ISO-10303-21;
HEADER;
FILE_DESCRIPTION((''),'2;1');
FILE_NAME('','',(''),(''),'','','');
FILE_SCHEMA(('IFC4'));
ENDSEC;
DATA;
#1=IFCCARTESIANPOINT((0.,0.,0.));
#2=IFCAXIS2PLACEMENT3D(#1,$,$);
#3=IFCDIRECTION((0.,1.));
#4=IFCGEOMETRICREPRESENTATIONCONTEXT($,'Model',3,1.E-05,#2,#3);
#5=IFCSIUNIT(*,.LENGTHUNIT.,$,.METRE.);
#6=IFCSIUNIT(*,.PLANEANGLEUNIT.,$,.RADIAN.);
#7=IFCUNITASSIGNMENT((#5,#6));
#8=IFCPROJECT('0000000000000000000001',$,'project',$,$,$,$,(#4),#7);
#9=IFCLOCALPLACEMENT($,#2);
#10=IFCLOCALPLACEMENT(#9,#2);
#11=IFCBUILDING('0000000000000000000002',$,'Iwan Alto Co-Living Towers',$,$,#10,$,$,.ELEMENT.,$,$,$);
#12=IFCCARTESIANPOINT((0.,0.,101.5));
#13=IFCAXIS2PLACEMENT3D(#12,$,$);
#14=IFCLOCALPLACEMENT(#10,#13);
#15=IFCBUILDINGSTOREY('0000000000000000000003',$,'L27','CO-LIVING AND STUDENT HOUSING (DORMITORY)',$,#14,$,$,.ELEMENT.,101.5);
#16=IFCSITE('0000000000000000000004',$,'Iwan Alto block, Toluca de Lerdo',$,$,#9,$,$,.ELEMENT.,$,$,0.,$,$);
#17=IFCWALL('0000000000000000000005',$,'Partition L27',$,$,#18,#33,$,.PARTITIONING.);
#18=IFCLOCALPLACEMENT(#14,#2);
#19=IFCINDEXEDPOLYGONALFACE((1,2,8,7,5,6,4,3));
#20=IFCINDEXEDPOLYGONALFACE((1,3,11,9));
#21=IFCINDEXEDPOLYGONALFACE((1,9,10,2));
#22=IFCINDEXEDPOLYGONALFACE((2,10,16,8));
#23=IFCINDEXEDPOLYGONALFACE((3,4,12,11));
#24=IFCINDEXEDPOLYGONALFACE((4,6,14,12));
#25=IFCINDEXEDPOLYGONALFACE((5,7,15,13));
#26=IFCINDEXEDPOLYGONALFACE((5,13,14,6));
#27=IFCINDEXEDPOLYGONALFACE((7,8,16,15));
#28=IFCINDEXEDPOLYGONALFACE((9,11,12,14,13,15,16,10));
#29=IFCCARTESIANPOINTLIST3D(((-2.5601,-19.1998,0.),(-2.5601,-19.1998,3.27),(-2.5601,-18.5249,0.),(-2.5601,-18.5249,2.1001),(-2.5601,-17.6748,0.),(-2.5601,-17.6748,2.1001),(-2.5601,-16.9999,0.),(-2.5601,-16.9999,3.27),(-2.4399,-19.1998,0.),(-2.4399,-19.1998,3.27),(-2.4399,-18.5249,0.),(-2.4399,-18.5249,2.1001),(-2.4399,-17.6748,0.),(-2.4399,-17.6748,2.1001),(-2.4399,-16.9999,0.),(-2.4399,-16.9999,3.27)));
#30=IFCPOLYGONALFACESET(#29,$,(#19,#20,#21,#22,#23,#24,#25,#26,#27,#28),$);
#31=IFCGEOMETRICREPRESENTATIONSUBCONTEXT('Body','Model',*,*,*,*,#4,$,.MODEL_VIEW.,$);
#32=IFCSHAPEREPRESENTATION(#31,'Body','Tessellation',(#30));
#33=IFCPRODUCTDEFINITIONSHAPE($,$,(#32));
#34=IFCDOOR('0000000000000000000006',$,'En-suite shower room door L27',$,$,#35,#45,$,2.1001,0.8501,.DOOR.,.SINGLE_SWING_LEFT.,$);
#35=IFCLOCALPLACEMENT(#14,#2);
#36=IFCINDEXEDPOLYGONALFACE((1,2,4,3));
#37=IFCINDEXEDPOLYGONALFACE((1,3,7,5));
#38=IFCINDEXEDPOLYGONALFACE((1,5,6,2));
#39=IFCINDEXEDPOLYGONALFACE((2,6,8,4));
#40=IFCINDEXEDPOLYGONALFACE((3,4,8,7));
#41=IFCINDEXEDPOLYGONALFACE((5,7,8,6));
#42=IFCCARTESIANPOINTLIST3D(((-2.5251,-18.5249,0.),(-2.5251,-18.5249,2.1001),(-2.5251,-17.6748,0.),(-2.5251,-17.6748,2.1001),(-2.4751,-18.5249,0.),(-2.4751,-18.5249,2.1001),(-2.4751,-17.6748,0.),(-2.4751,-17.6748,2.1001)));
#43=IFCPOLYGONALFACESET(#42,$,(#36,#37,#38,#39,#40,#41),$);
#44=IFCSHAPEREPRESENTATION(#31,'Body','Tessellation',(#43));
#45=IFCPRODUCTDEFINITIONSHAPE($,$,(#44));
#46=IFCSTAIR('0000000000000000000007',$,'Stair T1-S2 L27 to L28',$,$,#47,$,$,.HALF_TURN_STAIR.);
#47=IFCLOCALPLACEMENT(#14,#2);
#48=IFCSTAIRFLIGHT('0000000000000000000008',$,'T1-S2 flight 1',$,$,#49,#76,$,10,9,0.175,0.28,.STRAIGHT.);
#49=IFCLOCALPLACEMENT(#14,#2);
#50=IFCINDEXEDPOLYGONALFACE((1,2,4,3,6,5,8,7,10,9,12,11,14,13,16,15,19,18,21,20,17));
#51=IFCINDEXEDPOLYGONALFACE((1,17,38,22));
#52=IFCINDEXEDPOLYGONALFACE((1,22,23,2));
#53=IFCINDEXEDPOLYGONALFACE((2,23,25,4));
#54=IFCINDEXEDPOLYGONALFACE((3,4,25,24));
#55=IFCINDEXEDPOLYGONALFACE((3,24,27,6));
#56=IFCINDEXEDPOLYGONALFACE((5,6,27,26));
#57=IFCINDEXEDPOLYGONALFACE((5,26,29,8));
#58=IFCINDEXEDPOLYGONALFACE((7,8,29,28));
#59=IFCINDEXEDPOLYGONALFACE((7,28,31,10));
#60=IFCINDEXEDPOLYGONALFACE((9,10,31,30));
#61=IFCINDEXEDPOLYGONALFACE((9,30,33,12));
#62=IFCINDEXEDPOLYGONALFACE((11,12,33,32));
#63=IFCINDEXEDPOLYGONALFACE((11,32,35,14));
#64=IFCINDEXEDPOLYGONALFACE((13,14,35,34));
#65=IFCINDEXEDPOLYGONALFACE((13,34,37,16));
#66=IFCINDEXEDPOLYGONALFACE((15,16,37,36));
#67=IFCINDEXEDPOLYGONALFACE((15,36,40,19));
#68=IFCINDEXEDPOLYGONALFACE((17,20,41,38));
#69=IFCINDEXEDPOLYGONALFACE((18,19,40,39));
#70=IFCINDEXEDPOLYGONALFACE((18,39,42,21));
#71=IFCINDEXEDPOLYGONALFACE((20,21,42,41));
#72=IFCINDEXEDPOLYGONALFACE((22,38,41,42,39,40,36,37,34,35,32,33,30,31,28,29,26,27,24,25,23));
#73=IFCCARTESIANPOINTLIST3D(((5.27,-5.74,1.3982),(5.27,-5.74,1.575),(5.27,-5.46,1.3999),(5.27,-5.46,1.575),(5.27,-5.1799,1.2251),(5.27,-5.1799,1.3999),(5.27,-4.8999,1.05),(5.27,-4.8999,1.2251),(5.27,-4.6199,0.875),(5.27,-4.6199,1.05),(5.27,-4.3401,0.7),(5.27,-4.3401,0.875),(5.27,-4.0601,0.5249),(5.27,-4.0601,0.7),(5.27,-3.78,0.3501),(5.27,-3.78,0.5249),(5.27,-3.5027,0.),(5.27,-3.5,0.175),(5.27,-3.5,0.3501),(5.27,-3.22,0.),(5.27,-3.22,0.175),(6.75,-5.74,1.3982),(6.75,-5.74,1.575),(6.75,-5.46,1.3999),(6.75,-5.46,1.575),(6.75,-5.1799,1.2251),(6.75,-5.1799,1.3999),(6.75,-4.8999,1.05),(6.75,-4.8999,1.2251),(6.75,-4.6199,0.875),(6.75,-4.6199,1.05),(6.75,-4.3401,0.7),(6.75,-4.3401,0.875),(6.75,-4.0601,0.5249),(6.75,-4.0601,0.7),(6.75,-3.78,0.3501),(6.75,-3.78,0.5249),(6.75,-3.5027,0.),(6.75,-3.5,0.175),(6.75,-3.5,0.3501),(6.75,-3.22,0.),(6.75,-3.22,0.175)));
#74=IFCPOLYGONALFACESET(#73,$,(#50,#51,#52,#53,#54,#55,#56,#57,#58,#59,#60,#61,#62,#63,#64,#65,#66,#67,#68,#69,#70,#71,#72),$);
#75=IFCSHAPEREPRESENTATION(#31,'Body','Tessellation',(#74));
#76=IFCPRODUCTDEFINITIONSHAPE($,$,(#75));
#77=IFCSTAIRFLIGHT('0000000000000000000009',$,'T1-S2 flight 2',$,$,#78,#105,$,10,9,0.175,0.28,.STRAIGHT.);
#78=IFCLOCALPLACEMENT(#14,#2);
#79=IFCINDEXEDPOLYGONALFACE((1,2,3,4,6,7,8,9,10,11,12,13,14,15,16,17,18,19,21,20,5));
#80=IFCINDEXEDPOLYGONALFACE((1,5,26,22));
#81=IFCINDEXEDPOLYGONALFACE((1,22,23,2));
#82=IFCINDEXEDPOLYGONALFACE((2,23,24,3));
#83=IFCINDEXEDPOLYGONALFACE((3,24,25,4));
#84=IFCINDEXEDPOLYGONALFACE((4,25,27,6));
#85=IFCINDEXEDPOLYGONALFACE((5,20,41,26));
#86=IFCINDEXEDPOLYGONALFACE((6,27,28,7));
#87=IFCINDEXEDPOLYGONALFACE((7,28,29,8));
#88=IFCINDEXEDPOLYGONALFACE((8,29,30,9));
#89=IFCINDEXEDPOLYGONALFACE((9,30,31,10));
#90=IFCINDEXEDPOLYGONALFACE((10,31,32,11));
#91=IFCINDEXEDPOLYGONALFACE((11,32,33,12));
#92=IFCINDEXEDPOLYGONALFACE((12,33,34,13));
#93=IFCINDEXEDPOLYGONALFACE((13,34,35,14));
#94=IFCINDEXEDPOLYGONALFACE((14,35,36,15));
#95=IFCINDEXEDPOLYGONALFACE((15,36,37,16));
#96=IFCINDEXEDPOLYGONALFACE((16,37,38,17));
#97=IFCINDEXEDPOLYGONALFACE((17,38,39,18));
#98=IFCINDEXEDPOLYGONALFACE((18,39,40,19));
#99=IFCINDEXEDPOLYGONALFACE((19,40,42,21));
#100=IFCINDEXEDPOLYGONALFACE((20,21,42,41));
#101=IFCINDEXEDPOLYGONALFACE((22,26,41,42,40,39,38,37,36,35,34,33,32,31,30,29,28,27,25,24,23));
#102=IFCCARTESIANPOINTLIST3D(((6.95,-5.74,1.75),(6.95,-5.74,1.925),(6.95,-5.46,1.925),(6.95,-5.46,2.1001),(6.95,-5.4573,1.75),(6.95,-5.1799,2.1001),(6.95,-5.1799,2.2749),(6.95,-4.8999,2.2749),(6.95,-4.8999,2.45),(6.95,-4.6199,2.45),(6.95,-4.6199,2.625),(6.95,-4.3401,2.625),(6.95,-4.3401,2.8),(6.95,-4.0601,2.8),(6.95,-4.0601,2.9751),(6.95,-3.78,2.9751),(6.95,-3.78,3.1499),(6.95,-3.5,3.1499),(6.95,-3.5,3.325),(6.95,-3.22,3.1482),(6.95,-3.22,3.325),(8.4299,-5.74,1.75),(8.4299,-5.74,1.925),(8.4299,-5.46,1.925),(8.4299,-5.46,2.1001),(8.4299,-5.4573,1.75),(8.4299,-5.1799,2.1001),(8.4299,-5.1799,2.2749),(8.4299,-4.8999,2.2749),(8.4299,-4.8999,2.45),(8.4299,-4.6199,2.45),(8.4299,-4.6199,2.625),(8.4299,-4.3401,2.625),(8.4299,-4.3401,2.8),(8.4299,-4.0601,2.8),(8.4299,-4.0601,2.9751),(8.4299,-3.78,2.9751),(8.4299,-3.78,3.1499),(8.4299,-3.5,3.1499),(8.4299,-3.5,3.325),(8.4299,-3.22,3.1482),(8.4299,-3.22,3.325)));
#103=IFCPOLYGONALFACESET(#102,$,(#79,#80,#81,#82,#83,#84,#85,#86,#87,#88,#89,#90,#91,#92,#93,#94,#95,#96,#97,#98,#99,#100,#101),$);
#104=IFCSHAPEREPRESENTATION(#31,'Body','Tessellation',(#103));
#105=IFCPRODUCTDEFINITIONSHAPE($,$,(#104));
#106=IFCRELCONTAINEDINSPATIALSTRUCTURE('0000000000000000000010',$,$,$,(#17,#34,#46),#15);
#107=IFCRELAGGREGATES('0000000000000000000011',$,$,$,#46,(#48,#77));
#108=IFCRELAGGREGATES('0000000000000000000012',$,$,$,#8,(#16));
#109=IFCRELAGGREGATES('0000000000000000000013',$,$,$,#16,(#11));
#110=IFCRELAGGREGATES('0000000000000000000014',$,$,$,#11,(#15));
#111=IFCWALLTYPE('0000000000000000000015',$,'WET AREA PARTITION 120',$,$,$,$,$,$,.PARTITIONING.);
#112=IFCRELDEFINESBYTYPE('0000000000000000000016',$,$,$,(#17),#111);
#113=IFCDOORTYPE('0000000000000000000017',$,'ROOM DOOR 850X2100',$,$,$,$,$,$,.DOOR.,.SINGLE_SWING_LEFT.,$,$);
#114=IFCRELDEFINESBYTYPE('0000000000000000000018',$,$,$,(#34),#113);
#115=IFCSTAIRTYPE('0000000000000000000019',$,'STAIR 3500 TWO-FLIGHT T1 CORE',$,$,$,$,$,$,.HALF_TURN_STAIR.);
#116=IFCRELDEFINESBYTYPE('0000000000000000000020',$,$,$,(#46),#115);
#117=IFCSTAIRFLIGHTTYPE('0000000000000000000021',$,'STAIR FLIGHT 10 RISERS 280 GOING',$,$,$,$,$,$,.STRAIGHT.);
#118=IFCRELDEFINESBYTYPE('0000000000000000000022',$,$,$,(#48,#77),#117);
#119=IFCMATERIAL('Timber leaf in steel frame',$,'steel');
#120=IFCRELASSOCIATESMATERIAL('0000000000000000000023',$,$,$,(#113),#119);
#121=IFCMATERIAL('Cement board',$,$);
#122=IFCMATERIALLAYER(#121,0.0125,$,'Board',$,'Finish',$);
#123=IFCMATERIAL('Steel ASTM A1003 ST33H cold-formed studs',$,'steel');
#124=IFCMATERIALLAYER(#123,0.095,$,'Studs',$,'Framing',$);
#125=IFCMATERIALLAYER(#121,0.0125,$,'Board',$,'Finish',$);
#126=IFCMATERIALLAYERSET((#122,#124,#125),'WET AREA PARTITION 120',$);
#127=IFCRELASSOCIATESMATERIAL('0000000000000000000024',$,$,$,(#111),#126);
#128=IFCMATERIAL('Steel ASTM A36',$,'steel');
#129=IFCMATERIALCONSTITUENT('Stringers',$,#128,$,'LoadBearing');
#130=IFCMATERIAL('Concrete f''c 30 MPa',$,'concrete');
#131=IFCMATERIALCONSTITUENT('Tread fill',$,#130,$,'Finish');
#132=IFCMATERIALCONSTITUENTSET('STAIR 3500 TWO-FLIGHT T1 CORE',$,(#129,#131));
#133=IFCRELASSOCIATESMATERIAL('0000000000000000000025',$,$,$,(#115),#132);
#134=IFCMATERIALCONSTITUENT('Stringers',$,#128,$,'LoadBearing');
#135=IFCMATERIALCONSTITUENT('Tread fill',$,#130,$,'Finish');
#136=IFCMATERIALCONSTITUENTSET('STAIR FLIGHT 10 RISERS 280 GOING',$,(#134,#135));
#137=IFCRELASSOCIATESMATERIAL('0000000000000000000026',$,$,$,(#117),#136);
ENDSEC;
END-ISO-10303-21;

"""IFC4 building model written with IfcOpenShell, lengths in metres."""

from ifc_helpers import new_model, si_unit, direction, frame, frame_2d, origin, place, context, subcontext, project, spatial, polyline, rectangle, outline, extrude, material, layer, layer_set, constituent, constituent_set, type_object, element, fill, aggregate, save


model = new_model("IFC4")

# Units and contexts
model_context = context("Model", 3, precision=1e-05, world=origin(), true_north=direction((0.0, 1.0)))
body_context = subcontext(model_context, "Body", "Model", "MODEL_VIEW")
ifc_project = project(units=[si_unit("LENGTHUNIT", "METRE"), si_unit("PLANEANGLEUNIT", "RADIAN")], contexts=[model_context])

# Site, building, storey
site_placement = place(None, origin())
site = spatial("IfcSite", under=ifc_project, at=site_placement, Name="Iwan Alto block, Toluca de Lerdo", CompositionType="ELEMENT", RefElevation=0.0)
building_placement = place(site_placement, origin())
building = spatial("IfcBuilding", under=site, at=building_placement, Name="Iwan Alto Co-Living Towers", CompositionType="ELEMENT")
storey_placement = place(building_placement, frame((0.0, 0.0, 101.5)))
storey = spatial("IfcBuildingStorey", under=building, at=storey_placement, Name="L27", Description="CO-LIVING AND STUDENT HOUSING (DORMITORY)", CompositionType="ELEMENT", Elevation=101.5)

# Shared definitions
ifc_material_1 = material(Name="Steel ASTM A1003 ST33H cold-formed studs", Category="steel")

# Shared definitions
ifc_material_2 = material(Name="Timber leaf in steel frame", Category="steel")
door_type_1 = type_object("IfcDoorType", Name="ROOM DOOR 850X2100", OperationType="SINGLE_SWING_LEFT", PredefinedType="DOOR", material=ifc_material_2)

# Wall, opening, door
ifc_material_3 = material(Name="Cement board")
ifc_layer_1 = layer(ifc_material_3, 0.0125, Name="Board", Category="Finish")
ifc_layer_2 = layer(ifc_material_1, 0.095, Name="Studs", Category="Framing")
ifc_layer_3 = layer(ifc_material_3, 0.0125, Name="Board", Category="Finish")
ifc_layer_set_1 = layer_set([ifc_layer_1, ifc_layer_2, ifc_layer_3], Name="WET AREA PARTITION 120")
wall_type_1 = type_object("IfcWallType", Name="WET AREA PARTITION 120", PredefinedType="PARTITIONING", material=ifc_layer_set_1)
wall_1_placement = place(storey_placement, frame((-2.5, -19.2, 0.0), z_axis=(0.0, 0.0, 1.0), x_axis=(0.0, 1.0, 0.0)))
wall_1 = element("IfcWall", 1, at=wall_1_placement, inside=storey, type_object=wall_type_1, Name="Partition L27", PredefinedType="PARTITIONING", context=body_context, shape_type="SweptSolid", body=[
    extrude(rectangle(XDim=2.2, YDim=0.1201, at=frame_2d((1.1001, 0.0))), origin(), (0.0, 0.0, 1.0), 3.27),
])
opening_1_placement = place(wall_1_placement, frame((0.675, 0.0, 0.0)))
opening_1 = element("IfcOpeningElement", 2, at=opening_1_placement, cuts=wall_1, PredefinedType="OPENING", context=body_context, shape_type="SweptSolid", body=[
    extrude(rectangle(XDim=0.8501, YDim=2.1001, at=frame_2d((0.425, 1.05))), frame((0.0, 0.0701, 0.0), z_axis=(0.0, -1.0, 0.0), x_axis=(1.0, 0.0, 0.0)), (0.0, 0.0, 1.0), 0.1401),
])
door_1_placement = place(opening_1_placement, frame((0.8501, 0.0, 0.0), z_axis=(0.0, 0.0, 1.0), x_axis=(-1.0, 0.0, 0.0)))
door_1 = element("IfcDoor", 3, at=door_1_placement, inside=storey, type_object=door_type_1, Name="En-suite shower room door L27", OperationType="SINGLE_SWING_LEFT", OverallHeight=2.1001, OverallWidth=0.8501, PredefinedType="DOOR", context=body_context, shape_type="SweptSolid", body=[
    extrude(rectangle(XDim=0.8501, YDim=2.1001, at=frame_2d((0.425, 1.05))), frame((0.0, 0.0249, 0.0), z_axis=(0.0, -1.0, 0.0), x_axis=(1.0, 0.0, 0.0)), (0.0, 0.0, 1.0), 0.05),
])
fill(opening_1, door_1)

# Stair, stair flights
ifc_material_4 = material(Name="Steel ASTM A36", Category="steel")
ifc_constituent_1 = constituent(ifc_material_4, Name="Stringers", Category="LoadBearing")
ifc_material_5 = material(Name="Concrete f'c 30 MPa", Category="concrete")
ifc_constituent_2 = constituent(ifc_material_5, Name="Tread fill", Category="Finish")
ifc_constituent_set_1 = constituent_set(constituents=[ifc_constituent_1, ifc_constituent_2], Name="STAIR 3500 TWO-FLIGHT T1 CORE")
stair_type = type_object("IfcStairType", Name="STAIR 3500 TWO-FLIGHT T1 CORE", PredefinedType="HALF_TURN_STAIR", material=ifc_constituent_set_1)
stair_placement = place(storey_placement, origin())
stair = element("IfcStair", 4, at=stair_placement, inside=storey, type_object=stair_type, Name="Stair T1-S2 L27 to L28", PredefinedType="HALF_TURN_STAIR")
ifc_constituent_3 = constituent(ifc_material_4, Name="Stringers", Category="LoadBearing")
ifc_constituent_4 = constituent(ifc_material_5, Name="Tread fill", Category="Finish")
ifc_constituent_set_2 = constituent_set(constituents=[ifc_constituent_3, ifc_constituent_4], Name="STAIR FLIGHT 10 RISERS 280 GOING")
stair_flight_type = type_object("IfcStairFlightType", Name="STAIR FLIGHT 10 RISERS 280 GOING", PredefinedType="STRAIGHT", material=ifc_constituent_set_2)
stair_flight_1_placement = place(storey_placement, frame((6.01, -3.22, 0.0), z_axis=(0.0, 0.0, 1.0), x_axis=(0.0, -1.0, 0.0)))
stair_flight_1 = element("IfcStairFlight", 5, at=stair_flight_1_placement, type_object=stair_flight_type, Name="T1-S2 flight 1", NumberOfRisers=10, NumberOfTreads=9, PredefinedType="STRAIGHT", RiserHeight=0.175, TreadLength=0.28, context=body_context, shape_type="SweptSolid", body=[
    extrude(outline(polyline([(0.0, 0.0), (0.0, 0.175), (0.28, 0.175), (0.28, 0.3501), (0.5601, 0.3501), (0.5601, 0.5249), (0.8401, 0.5249), (0.8401, 0.7), (1.1201, 0.7), (1.1201, 0.875), (1.3999, 0.875), (1.3999, 1.05), (1.6799, 1.05), (1.6799, 1.2251), (1.96, 1.2251), (1.96, 1.3999), (2.24, 1.3999), (2.24, 1.575), (2.52, 1.575), (2.52, 1.75), (2.52, 1.3982), (0.2827, 0.0), (0.0, 0.0)])), frame((0.0, 0.74, 0.0), z_axis=(0.0, -1.0, 0.0), x_axis=(1.0, 0.0, 0.0)), (0.0, 0.0, 1.0), 1.48),
])
stair_flight_2_placement = place(storey_placement, frame((7.6899, -5.74, 1.75), z_axis=(0.0, 0.0, 1.0), x_axis=(0.0, 1.0, 0.0)))
stair_flight_2 = element("IfcStairFlight", 6, at=stair_flight_2_placement, type_object=stair_flight_type, Name="T1-S2 flight 2", NumberOfRisers=10, NumberOfTreads=9, PredefinedType="STRAIGHT", RiserHeight=0.175, TreadLength=0.28, context=body_context, shape_type="SweptSolid", body=[
    extrude(outline(polyline([(0.0, 0.0), (0.0, 0.175), (0.28, 0.175), (0.28, 0.3501), (0.5601, 0.3501), (0.5601, 0.5249), (0.8401, 0.5249), (0.8401, 0.7), (1.1201, 0.7), (1.1201, 0.875), (1.3999, 0.875), (1.3999, 1.05), (1.6799, 1.05), (1.6799, 1.2251), (1.96, 1.2251), (1.96, 1.3999), (2.24, 1.3999), (2.24, 1.575), (2.52, 1.575), (2.52, 1.75), (2.52, 1.3982), (0.2827, 0.0), (0.0, 0.0)])), frame((0.0, 0.74, 0.0), z_axis=(0.0, -1.0, 0.0), x_axis=(1.0, 0.0, 0.0)), (0.0, 0.0, 1.0), 1.48),
])
aggregate(stair, [stair_flight_1, stair_flight_2])

save(model, "model.ifc")
